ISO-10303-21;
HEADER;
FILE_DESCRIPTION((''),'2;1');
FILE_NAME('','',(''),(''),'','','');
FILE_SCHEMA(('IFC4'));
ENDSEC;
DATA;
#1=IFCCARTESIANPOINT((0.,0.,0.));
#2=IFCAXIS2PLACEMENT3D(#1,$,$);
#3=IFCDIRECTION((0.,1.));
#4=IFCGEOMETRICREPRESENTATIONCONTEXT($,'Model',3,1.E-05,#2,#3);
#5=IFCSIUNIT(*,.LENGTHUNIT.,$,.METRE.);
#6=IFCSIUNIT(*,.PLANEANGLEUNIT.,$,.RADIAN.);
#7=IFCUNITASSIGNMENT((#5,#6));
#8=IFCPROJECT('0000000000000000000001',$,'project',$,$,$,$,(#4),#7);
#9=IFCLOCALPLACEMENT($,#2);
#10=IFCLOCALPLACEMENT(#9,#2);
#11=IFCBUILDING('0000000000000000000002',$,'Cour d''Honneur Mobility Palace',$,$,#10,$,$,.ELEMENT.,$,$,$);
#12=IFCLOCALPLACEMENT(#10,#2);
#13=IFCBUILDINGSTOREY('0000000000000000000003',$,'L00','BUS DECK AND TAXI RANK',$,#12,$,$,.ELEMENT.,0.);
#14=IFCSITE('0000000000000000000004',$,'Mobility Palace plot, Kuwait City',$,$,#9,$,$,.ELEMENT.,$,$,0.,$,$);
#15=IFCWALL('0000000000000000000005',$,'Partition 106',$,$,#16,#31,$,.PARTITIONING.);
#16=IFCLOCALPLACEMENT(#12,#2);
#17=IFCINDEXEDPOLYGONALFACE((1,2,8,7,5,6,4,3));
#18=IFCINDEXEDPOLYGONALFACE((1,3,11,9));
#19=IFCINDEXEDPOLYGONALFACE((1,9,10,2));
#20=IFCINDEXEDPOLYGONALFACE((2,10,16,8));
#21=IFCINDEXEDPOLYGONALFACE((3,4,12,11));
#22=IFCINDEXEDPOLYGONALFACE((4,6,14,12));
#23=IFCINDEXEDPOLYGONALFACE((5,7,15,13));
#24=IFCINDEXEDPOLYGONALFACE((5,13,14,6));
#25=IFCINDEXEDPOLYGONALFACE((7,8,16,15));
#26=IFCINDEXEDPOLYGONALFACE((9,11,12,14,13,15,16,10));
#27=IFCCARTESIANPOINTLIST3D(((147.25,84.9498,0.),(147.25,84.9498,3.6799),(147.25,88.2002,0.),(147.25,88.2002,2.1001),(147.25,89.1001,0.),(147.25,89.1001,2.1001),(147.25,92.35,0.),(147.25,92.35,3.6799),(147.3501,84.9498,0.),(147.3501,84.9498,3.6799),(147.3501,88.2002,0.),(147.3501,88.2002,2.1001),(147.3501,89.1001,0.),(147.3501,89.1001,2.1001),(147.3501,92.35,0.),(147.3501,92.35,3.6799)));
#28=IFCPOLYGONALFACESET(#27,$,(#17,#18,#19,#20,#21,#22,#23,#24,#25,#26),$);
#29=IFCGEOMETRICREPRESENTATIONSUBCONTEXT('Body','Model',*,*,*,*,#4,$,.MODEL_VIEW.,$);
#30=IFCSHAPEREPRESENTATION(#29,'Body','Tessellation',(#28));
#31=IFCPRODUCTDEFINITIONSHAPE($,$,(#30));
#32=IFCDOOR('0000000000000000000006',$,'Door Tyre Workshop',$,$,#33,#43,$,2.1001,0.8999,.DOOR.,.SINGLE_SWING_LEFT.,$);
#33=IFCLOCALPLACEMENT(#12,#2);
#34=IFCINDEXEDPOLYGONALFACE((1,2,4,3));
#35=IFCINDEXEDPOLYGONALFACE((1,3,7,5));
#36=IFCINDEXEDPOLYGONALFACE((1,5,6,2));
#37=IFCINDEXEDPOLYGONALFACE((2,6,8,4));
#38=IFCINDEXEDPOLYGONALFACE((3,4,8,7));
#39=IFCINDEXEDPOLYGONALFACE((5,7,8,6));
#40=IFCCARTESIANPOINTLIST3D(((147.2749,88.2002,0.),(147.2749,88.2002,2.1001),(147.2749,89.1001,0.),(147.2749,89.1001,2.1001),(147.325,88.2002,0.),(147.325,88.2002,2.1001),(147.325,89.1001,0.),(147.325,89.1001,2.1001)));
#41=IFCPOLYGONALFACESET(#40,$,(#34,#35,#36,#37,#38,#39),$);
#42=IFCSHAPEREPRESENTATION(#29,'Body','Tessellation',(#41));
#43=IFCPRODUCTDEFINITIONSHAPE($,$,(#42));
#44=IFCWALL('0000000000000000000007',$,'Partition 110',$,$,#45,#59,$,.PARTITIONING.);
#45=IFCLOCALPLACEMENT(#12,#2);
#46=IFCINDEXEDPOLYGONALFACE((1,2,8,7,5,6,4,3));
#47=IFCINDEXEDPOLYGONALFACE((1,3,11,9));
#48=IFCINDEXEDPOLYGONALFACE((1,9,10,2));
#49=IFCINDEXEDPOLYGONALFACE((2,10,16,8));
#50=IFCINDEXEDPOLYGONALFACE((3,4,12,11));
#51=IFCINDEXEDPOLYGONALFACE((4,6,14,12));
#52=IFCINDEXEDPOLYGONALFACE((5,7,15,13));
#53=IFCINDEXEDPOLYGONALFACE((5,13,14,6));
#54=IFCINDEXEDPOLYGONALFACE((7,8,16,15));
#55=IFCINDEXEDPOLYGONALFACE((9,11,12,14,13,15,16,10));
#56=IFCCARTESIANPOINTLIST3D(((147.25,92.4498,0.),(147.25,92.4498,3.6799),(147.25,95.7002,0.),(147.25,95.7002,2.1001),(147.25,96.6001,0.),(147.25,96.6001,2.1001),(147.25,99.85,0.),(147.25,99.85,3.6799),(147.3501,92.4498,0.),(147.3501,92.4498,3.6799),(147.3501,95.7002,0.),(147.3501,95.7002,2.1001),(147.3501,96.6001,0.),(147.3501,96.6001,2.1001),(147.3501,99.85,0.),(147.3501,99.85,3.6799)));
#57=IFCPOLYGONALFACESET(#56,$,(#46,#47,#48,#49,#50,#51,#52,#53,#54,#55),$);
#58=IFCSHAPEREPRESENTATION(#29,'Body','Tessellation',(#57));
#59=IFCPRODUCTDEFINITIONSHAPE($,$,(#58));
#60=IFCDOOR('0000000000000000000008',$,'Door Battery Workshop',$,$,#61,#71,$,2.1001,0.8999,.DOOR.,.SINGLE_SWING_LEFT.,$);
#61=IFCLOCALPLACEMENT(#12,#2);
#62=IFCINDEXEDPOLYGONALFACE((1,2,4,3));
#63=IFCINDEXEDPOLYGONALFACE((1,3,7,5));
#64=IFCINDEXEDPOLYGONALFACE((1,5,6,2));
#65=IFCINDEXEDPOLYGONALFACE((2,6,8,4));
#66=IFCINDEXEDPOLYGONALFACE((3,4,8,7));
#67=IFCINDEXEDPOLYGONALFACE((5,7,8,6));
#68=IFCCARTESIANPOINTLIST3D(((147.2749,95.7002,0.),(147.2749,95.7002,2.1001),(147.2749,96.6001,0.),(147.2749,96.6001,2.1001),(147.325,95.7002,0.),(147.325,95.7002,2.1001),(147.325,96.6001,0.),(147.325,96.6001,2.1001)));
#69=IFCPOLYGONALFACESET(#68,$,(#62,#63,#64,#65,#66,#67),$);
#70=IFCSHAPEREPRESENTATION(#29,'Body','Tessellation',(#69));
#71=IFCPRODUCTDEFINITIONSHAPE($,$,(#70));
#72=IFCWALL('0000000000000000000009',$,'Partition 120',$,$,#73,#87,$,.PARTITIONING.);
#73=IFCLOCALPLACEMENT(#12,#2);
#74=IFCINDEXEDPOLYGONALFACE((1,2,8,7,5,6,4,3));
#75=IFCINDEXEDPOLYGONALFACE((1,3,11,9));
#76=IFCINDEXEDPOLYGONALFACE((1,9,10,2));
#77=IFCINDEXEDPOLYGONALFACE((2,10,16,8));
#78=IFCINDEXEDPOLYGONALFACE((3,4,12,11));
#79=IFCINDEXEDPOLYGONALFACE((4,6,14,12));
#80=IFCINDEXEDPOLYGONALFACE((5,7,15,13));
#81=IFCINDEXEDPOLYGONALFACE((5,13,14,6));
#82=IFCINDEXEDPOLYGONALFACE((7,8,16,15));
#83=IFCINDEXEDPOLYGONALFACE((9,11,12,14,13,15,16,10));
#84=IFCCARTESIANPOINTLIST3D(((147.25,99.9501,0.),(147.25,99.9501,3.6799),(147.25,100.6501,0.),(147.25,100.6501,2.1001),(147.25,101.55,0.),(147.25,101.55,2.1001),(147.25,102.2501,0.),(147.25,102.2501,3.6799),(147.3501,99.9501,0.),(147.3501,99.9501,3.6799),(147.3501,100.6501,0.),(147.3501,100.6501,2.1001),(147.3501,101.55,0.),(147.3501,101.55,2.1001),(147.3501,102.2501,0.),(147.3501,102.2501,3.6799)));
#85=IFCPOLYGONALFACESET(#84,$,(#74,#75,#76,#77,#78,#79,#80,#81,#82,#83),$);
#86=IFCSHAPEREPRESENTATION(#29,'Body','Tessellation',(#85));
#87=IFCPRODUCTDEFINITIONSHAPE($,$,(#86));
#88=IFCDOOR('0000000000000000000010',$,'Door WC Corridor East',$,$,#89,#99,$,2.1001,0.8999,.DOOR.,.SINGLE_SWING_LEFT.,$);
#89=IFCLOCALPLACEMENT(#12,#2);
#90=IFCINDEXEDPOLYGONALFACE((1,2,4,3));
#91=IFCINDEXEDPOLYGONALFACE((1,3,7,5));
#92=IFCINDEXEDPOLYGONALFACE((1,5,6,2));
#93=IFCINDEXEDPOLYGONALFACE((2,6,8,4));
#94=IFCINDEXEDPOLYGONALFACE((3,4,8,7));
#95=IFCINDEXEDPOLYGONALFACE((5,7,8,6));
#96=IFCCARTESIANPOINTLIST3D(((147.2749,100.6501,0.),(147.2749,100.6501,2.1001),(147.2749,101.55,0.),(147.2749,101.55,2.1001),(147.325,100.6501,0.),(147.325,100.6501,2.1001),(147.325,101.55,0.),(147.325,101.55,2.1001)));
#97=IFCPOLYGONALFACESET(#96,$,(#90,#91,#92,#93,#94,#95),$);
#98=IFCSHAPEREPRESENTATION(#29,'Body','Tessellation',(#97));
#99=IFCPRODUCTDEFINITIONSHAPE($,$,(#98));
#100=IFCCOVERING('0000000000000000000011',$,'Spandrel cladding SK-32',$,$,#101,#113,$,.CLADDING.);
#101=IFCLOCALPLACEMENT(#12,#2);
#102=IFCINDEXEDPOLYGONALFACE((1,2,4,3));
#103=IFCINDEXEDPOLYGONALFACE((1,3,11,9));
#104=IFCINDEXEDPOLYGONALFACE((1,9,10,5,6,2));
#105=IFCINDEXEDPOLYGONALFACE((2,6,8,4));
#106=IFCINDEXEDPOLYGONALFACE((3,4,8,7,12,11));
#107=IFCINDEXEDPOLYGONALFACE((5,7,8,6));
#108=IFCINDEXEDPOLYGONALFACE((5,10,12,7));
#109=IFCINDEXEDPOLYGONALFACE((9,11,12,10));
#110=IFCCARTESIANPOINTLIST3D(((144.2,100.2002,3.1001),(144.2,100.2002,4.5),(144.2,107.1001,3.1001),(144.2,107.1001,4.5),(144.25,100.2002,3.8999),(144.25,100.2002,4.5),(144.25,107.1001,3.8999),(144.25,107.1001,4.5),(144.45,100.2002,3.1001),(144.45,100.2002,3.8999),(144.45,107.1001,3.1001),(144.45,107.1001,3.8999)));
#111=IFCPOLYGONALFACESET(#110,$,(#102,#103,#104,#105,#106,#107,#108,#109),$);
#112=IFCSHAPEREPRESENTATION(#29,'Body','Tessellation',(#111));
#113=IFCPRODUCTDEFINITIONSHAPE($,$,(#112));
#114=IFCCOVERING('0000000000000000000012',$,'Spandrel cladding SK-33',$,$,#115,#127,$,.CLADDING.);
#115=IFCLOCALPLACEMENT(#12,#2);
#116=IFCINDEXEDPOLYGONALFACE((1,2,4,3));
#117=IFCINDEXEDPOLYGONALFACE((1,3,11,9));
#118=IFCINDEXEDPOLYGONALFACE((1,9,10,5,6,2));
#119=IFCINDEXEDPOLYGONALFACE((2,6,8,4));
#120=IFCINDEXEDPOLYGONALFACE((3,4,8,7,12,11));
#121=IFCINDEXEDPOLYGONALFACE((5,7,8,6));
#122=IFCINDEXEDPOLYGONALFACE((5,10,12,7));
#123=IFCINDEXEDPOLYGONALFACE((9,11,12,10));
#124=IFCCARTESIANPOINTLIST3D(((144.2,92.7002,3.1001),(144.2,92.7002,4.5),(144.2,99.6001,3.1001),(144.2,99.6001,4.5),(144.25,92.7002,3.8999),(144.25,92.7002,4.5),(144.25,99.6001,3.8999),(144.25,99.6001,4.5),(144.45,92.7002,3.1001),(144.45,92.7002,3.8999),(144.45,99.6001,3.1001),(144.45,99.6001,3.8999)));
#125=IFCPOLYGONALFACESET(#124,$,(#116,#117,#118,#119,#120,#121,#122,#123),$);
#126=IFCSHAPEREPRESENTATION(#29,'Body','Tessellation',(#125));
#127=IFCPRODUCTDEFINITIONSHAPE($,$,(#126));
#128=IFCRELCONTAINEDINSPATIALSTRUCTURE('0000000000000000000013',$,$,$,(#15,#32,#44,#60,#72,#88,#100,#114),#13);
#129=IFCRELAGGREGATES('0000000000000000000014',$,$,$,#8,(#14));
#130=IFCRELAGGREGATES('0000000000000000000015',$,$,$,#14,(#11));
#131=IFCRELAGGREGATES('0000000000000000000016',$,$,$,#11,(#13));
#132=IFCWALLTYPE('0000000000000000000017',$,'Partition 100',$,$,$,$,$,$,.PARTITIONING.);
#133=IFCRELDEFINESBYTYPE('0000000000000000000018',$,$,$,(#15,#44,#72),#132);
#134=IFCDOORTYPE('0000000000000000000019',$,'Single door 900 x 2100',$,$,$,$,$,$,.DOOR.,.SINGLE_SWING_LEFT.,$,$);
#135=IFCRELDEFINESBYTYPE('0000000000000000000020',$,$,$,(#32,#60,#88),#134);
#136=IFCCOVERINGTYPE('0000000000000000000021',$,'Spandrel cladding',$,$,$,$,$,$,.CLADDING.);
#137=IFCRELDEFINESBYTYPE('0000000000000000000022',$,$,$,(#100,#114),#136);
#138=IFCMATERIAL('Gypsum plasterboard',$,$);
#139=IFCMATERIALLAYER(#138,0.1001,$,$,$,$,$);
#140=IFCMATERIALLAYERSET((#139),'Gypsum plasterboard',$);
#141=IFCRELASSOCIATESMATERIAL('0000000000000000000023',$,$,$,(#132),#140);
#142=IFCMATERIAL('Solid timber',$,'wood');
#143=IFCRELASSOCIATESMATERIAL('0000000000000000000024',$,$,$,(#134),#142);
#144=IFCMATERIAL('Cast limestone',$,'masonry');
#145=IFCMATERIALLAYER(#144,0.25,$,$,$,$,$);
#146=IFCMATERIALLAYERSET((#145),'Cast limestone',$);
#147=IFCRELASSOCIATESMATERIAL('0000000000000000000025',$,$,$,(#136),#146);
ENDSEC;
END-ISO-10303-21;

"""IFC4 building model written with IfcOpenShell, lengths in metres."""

from ifc_helpers import new_model, si_unit, direction, frame, frame_2d, origin, place, context, subcontext, project, spatial, polyline, rectangle, outline, extrude, material, layer, layer_set, type_object, element, fill, save


model = new_model("IFC4")

# Units and contexts
model_context = context("Model", 3, precision=1e-05, world=origin(), true_north=direction((0.0, 1.0)))
body_context = subcontext(model_context, "Body", "Model", "MODEL_VIEW")
ifc_project = project(units=[si_unit("LENGTHUNIT", "METRE"), si_unit("PLANEANGLEUNIT", "RADIAN")], contexts=[model_context])

# Site, building, storey
site_placement = place(None, origin())
site = spatial("IfcSite", under=ifc_project, at=site_placement, Name="Mobility Palace plot, Kuwait City", CompositionType="ELEMENT", RefElevation=0.0)
building_placement = place(site_placement, origin())
building = spatial("IfcBuilding", under=site, at=building_placement, Name="Cour d'Honneur Mobility Palace", CompositionType="ELEMENT")
storey_placement = place(building_placement, origin())
storey = spatial("IfcBuildingStorey", under=building, at=storey_placement, Name="L00", Description="BUS DECK AND TAXI RANK", CompositionType="ELEMENT", Elevation=0.0)

# Walls, openings, doors
ifc_material_1 = material(Name="Gypsum plasterboard")
ifc_layer_1 = layer(ifc_material_1, 0.1001)
ifc_layer_set_1 = layer_set([ifc_layer_1], Name="Gypsum plasterboard")
wall_type_1 = type_object("IfcWallType", Name="Partition 100", PredefinedType="PARTITIONING", material=ifc_layer_set_1)
wall_1_placement = place(storey_placement, frame((147.3, 92.3501, 0.0), z_axis=(0.0, 0.0, 1.0), x_axis=(0.0, -1.0, 0.0)))
wall_1 = element("IfcWall", 1, at=wall_1_placement, inside=storey, type_object=wall_type_1, Name="Partition 106", PredefinedType="PARTITIONING", context=body_context, shape_type="SweptSolid", body=[
    extrude(rectangle(XDim=7.4001, YDim=0.1001, at=frame_2d((3.7002, 0.0))), origin(), (0.0, 0.0, 1.0), 3.6799),
])
opening_1_placement = place(wall_1_placement, frame((3.25, 0.0, 0.0)))
opening_1 = element("IfcOpeningElement", 2, at=opening_1_placement, cuts=wall_1, PredefinedType="OPENING", context=body_context, shape_type="SweptSolid", body=[
    extrude(rectangle(XDim=0.8999, YDim=2.1001, at=frame_2d((0.45, 1.05))), frame((0.0, 0.0601, 0.0), z_axis=(0.0, -1.0, 0.0), x_axis=(1.0, 0.0, 0.0)), (0.0, 0.0, 1.0), 0.1201),
])
ifc_material_2 = material(Name="Solid timber", Category="wood")
door_type = type_object("IfcDoorType", Name="Single door 900 x 2100", OperationType="SINGLE_SWING_LEFT", PredefinedType="DOOR", material=ifc_material_2)
door_1_placement = place(opening_1_placement, origin())
door_1 = element("IfcDoor", 3, at=door_1_placement, inside=storey, type_object=door_type, Name="Door Tyre Workshop", OperationType="SINGLE_SWING_LEFT", OverallHeight=2.1001, OverallWidth=0.8999, PredefinedType="DOOR", context=body_context, shape_type="SweptSolid", body=[
    extrude(rectangle(XDim=0.8999, YDim=2.1001, at=frame_2d((0.45, 1.05))), frame((0.0, 0.0249, 0.0), z_axis=(0.0, -1.0, 0.0), x_axis=(1.0, 0.0, 0.0)), (0.0, 0.0, 1.0), 0.05),
])
fill(opening_1, door_1)
wall_2_placement = place(storey_placement, frame((147.3, 99.8501, 0.0), z_axis=(0.0, 0.0, 1.0), x_axis=(0.0, -1.0, 0.0)))
wall_2 = element("IfcWall", 4, at=wall_2_placement, inside=storey, type_object=wall_type_1, Name="Partition 110", PredefinedType="PARTITIONING", context=body_context, shape_type="SweptSolid", body=[
    extrude(rectangle(XDim=7.4001, YDim=0.1001, at=frame_2d((3.7002, 0.0))), origin(), (0.0, 0.0, 1.0), 3.6799),
])
opening_2_placement = place(wall_2_placement, frame((3.25, 0.0, 0.0)))
opening_2 = element("IfcOpeningElement", 5, at=opening_2_placement, cuts=wall_2, PredefinedType="OPENING", context=body_context, shape_type="SweptSolid", body=[
    extrude(rectangle(XDim=0.8999, YDim=2.1001, at=frame_2d((0.45, 1.05))), frame((0.0, 0.0601, 0.0), z_axis=(0.0, -1.0, 0.0), x_axis=(1.0, 0.0, 0.0)), (0.0, 0.0, 1.0), 0.1201),
])
door_2_placement = place(opening_2_placement, origin())
door_2 = element("IfcDoor", 6, at=door_2_placement, inside=storey, type_object=door_type, Name="Door Battery Workshop", OperationType="SINGLE_SWING_LEFT", OverallHeight=2.1001, OverallWidth=0.8999, PredefinedType="DOOR", context=body_context, shape_type="SweptSolid", body=[
    extrude(rectangle(XDim=0.8999, YDim=2.1001, at=frame_2d((0.45, 1.05))), frame((0.0, 0.0249, 0.0), z_axis=(0.0, -1.0, 0.0), x_axis=(1.0, 0.0, 0.0)), (0.0, 0.0, 1.0), 0.05),
])
fill(opening_2, door_2)
wall_3_placement = place(storey_placement, frame((147.3, 102.25, 0.0), z_axis=(0.0, 0.0, 1.0), x_axis=(0.0, -1.0, 0.0)))
wall_3 = element("IfcWall", 7, at=wall_3_placement, inside=storey, type_object=wall_type_1, Name="Partition 120", PredefinedType="PARTITIONING", context=body_context, shape_type="SweptSolid", body=[
    extrude(rectangle(XDim=2.3, YDim=0.1001, at=frame_2d((1.1499, 0.0))), origin(), (0.0, 0.0, 1.0), 3.6799),
])
opening_3_placement = place(wall_3_placement, frame((0.7, 0.0, 0.0)))
opening_3 = element("IfcOpeningElement", 8, at=opening_3_placement, cuts=wall_3, PredefinedType="OPENING", context=body_context, shape_type="SweptSolid", body=[
    extrude(rectangle(XDim=0.8999, YDim=2.1001, at=frame_2d((0.45, 1.05))), frame((0.0, 0.0601, 0.0), z_axis=(0.0, -1.0, 0.0), x_axis=(1.0, 0.0, 0.0)), (0.0, 0.0, 1.0), 0.1201),
])
door_3_placement = place(opening_3_placement, origin())
door_3 = element("IfcDoor", 9, at=door_3_placement, inside=storey, type_object=door_type, Name="Door WC Corridor East", OperationType="SINGLE_SWING_LEFT", OverallHeight=2.1001, OverallWidth=0.8999, PredefinedType="DOOR", context=body_context, shape_type="SweptSolid", body=[
    extrude(rectangle(XDim=0.8999, YDim=2.1001, at=frame_2d((0.45, 1.05))), frame((0.0, 0.0249, 0.0), z_axis=(0.0, -1.0, 0.0), x_axis=(1.0, 0.0, 0.0)), (0.0, 0.0, 1.0), 0.05),
])
fill(opening_3, door_3)

# Coverings
ifc_material_3 = material(Name="Cast limestone", Category="masonry")
ifc_layer_2 = layer(ifc_material_3, 0.25)
ifc_layer_set_2 = layer_set([ifc_layer_2], Name="Cast limestone")
covering_type = type_object("IfcCoveringType", Name="Spandrel cladding", PredefinedType="CLADDING", material=ifc_layer_set_2)
for number, where, z_axis, x_axis, name in (
    (10, (144.45, 107.1001, 3.1001), (0.0, 1.0, 0.0), (-1.0, 0.0, 0.0), "Spandrel cladding SK-32"),
    (11, (144.45, 99.6001, 3.1001), (0.0, 1.0, 0.0), (-1.0, 0.0, 0.0), "Spandrel cladding SK-33"),
):
    element("IfcCovering", number, at=place(storey_placement, frame(where, z_axis=z_axis, x_axis=x_axis)), inside=storey, type_object=covering_type, Name=name, PredefinedType="CLADDING", context=body_context, shape_type="SweptSolid", body=[
        extrude(outline(polyline([(0.0, 0.0), (0.25, 0.0), (0.25, 1.3999), (0.2, 1.3999), (0.2, 0.7998), (0.0, 0.7998), (0.0, 0.0)])), origin(), (0.0, 0.0, -1.0), 6.8999),
    ])

save(model, "model.ifc")
